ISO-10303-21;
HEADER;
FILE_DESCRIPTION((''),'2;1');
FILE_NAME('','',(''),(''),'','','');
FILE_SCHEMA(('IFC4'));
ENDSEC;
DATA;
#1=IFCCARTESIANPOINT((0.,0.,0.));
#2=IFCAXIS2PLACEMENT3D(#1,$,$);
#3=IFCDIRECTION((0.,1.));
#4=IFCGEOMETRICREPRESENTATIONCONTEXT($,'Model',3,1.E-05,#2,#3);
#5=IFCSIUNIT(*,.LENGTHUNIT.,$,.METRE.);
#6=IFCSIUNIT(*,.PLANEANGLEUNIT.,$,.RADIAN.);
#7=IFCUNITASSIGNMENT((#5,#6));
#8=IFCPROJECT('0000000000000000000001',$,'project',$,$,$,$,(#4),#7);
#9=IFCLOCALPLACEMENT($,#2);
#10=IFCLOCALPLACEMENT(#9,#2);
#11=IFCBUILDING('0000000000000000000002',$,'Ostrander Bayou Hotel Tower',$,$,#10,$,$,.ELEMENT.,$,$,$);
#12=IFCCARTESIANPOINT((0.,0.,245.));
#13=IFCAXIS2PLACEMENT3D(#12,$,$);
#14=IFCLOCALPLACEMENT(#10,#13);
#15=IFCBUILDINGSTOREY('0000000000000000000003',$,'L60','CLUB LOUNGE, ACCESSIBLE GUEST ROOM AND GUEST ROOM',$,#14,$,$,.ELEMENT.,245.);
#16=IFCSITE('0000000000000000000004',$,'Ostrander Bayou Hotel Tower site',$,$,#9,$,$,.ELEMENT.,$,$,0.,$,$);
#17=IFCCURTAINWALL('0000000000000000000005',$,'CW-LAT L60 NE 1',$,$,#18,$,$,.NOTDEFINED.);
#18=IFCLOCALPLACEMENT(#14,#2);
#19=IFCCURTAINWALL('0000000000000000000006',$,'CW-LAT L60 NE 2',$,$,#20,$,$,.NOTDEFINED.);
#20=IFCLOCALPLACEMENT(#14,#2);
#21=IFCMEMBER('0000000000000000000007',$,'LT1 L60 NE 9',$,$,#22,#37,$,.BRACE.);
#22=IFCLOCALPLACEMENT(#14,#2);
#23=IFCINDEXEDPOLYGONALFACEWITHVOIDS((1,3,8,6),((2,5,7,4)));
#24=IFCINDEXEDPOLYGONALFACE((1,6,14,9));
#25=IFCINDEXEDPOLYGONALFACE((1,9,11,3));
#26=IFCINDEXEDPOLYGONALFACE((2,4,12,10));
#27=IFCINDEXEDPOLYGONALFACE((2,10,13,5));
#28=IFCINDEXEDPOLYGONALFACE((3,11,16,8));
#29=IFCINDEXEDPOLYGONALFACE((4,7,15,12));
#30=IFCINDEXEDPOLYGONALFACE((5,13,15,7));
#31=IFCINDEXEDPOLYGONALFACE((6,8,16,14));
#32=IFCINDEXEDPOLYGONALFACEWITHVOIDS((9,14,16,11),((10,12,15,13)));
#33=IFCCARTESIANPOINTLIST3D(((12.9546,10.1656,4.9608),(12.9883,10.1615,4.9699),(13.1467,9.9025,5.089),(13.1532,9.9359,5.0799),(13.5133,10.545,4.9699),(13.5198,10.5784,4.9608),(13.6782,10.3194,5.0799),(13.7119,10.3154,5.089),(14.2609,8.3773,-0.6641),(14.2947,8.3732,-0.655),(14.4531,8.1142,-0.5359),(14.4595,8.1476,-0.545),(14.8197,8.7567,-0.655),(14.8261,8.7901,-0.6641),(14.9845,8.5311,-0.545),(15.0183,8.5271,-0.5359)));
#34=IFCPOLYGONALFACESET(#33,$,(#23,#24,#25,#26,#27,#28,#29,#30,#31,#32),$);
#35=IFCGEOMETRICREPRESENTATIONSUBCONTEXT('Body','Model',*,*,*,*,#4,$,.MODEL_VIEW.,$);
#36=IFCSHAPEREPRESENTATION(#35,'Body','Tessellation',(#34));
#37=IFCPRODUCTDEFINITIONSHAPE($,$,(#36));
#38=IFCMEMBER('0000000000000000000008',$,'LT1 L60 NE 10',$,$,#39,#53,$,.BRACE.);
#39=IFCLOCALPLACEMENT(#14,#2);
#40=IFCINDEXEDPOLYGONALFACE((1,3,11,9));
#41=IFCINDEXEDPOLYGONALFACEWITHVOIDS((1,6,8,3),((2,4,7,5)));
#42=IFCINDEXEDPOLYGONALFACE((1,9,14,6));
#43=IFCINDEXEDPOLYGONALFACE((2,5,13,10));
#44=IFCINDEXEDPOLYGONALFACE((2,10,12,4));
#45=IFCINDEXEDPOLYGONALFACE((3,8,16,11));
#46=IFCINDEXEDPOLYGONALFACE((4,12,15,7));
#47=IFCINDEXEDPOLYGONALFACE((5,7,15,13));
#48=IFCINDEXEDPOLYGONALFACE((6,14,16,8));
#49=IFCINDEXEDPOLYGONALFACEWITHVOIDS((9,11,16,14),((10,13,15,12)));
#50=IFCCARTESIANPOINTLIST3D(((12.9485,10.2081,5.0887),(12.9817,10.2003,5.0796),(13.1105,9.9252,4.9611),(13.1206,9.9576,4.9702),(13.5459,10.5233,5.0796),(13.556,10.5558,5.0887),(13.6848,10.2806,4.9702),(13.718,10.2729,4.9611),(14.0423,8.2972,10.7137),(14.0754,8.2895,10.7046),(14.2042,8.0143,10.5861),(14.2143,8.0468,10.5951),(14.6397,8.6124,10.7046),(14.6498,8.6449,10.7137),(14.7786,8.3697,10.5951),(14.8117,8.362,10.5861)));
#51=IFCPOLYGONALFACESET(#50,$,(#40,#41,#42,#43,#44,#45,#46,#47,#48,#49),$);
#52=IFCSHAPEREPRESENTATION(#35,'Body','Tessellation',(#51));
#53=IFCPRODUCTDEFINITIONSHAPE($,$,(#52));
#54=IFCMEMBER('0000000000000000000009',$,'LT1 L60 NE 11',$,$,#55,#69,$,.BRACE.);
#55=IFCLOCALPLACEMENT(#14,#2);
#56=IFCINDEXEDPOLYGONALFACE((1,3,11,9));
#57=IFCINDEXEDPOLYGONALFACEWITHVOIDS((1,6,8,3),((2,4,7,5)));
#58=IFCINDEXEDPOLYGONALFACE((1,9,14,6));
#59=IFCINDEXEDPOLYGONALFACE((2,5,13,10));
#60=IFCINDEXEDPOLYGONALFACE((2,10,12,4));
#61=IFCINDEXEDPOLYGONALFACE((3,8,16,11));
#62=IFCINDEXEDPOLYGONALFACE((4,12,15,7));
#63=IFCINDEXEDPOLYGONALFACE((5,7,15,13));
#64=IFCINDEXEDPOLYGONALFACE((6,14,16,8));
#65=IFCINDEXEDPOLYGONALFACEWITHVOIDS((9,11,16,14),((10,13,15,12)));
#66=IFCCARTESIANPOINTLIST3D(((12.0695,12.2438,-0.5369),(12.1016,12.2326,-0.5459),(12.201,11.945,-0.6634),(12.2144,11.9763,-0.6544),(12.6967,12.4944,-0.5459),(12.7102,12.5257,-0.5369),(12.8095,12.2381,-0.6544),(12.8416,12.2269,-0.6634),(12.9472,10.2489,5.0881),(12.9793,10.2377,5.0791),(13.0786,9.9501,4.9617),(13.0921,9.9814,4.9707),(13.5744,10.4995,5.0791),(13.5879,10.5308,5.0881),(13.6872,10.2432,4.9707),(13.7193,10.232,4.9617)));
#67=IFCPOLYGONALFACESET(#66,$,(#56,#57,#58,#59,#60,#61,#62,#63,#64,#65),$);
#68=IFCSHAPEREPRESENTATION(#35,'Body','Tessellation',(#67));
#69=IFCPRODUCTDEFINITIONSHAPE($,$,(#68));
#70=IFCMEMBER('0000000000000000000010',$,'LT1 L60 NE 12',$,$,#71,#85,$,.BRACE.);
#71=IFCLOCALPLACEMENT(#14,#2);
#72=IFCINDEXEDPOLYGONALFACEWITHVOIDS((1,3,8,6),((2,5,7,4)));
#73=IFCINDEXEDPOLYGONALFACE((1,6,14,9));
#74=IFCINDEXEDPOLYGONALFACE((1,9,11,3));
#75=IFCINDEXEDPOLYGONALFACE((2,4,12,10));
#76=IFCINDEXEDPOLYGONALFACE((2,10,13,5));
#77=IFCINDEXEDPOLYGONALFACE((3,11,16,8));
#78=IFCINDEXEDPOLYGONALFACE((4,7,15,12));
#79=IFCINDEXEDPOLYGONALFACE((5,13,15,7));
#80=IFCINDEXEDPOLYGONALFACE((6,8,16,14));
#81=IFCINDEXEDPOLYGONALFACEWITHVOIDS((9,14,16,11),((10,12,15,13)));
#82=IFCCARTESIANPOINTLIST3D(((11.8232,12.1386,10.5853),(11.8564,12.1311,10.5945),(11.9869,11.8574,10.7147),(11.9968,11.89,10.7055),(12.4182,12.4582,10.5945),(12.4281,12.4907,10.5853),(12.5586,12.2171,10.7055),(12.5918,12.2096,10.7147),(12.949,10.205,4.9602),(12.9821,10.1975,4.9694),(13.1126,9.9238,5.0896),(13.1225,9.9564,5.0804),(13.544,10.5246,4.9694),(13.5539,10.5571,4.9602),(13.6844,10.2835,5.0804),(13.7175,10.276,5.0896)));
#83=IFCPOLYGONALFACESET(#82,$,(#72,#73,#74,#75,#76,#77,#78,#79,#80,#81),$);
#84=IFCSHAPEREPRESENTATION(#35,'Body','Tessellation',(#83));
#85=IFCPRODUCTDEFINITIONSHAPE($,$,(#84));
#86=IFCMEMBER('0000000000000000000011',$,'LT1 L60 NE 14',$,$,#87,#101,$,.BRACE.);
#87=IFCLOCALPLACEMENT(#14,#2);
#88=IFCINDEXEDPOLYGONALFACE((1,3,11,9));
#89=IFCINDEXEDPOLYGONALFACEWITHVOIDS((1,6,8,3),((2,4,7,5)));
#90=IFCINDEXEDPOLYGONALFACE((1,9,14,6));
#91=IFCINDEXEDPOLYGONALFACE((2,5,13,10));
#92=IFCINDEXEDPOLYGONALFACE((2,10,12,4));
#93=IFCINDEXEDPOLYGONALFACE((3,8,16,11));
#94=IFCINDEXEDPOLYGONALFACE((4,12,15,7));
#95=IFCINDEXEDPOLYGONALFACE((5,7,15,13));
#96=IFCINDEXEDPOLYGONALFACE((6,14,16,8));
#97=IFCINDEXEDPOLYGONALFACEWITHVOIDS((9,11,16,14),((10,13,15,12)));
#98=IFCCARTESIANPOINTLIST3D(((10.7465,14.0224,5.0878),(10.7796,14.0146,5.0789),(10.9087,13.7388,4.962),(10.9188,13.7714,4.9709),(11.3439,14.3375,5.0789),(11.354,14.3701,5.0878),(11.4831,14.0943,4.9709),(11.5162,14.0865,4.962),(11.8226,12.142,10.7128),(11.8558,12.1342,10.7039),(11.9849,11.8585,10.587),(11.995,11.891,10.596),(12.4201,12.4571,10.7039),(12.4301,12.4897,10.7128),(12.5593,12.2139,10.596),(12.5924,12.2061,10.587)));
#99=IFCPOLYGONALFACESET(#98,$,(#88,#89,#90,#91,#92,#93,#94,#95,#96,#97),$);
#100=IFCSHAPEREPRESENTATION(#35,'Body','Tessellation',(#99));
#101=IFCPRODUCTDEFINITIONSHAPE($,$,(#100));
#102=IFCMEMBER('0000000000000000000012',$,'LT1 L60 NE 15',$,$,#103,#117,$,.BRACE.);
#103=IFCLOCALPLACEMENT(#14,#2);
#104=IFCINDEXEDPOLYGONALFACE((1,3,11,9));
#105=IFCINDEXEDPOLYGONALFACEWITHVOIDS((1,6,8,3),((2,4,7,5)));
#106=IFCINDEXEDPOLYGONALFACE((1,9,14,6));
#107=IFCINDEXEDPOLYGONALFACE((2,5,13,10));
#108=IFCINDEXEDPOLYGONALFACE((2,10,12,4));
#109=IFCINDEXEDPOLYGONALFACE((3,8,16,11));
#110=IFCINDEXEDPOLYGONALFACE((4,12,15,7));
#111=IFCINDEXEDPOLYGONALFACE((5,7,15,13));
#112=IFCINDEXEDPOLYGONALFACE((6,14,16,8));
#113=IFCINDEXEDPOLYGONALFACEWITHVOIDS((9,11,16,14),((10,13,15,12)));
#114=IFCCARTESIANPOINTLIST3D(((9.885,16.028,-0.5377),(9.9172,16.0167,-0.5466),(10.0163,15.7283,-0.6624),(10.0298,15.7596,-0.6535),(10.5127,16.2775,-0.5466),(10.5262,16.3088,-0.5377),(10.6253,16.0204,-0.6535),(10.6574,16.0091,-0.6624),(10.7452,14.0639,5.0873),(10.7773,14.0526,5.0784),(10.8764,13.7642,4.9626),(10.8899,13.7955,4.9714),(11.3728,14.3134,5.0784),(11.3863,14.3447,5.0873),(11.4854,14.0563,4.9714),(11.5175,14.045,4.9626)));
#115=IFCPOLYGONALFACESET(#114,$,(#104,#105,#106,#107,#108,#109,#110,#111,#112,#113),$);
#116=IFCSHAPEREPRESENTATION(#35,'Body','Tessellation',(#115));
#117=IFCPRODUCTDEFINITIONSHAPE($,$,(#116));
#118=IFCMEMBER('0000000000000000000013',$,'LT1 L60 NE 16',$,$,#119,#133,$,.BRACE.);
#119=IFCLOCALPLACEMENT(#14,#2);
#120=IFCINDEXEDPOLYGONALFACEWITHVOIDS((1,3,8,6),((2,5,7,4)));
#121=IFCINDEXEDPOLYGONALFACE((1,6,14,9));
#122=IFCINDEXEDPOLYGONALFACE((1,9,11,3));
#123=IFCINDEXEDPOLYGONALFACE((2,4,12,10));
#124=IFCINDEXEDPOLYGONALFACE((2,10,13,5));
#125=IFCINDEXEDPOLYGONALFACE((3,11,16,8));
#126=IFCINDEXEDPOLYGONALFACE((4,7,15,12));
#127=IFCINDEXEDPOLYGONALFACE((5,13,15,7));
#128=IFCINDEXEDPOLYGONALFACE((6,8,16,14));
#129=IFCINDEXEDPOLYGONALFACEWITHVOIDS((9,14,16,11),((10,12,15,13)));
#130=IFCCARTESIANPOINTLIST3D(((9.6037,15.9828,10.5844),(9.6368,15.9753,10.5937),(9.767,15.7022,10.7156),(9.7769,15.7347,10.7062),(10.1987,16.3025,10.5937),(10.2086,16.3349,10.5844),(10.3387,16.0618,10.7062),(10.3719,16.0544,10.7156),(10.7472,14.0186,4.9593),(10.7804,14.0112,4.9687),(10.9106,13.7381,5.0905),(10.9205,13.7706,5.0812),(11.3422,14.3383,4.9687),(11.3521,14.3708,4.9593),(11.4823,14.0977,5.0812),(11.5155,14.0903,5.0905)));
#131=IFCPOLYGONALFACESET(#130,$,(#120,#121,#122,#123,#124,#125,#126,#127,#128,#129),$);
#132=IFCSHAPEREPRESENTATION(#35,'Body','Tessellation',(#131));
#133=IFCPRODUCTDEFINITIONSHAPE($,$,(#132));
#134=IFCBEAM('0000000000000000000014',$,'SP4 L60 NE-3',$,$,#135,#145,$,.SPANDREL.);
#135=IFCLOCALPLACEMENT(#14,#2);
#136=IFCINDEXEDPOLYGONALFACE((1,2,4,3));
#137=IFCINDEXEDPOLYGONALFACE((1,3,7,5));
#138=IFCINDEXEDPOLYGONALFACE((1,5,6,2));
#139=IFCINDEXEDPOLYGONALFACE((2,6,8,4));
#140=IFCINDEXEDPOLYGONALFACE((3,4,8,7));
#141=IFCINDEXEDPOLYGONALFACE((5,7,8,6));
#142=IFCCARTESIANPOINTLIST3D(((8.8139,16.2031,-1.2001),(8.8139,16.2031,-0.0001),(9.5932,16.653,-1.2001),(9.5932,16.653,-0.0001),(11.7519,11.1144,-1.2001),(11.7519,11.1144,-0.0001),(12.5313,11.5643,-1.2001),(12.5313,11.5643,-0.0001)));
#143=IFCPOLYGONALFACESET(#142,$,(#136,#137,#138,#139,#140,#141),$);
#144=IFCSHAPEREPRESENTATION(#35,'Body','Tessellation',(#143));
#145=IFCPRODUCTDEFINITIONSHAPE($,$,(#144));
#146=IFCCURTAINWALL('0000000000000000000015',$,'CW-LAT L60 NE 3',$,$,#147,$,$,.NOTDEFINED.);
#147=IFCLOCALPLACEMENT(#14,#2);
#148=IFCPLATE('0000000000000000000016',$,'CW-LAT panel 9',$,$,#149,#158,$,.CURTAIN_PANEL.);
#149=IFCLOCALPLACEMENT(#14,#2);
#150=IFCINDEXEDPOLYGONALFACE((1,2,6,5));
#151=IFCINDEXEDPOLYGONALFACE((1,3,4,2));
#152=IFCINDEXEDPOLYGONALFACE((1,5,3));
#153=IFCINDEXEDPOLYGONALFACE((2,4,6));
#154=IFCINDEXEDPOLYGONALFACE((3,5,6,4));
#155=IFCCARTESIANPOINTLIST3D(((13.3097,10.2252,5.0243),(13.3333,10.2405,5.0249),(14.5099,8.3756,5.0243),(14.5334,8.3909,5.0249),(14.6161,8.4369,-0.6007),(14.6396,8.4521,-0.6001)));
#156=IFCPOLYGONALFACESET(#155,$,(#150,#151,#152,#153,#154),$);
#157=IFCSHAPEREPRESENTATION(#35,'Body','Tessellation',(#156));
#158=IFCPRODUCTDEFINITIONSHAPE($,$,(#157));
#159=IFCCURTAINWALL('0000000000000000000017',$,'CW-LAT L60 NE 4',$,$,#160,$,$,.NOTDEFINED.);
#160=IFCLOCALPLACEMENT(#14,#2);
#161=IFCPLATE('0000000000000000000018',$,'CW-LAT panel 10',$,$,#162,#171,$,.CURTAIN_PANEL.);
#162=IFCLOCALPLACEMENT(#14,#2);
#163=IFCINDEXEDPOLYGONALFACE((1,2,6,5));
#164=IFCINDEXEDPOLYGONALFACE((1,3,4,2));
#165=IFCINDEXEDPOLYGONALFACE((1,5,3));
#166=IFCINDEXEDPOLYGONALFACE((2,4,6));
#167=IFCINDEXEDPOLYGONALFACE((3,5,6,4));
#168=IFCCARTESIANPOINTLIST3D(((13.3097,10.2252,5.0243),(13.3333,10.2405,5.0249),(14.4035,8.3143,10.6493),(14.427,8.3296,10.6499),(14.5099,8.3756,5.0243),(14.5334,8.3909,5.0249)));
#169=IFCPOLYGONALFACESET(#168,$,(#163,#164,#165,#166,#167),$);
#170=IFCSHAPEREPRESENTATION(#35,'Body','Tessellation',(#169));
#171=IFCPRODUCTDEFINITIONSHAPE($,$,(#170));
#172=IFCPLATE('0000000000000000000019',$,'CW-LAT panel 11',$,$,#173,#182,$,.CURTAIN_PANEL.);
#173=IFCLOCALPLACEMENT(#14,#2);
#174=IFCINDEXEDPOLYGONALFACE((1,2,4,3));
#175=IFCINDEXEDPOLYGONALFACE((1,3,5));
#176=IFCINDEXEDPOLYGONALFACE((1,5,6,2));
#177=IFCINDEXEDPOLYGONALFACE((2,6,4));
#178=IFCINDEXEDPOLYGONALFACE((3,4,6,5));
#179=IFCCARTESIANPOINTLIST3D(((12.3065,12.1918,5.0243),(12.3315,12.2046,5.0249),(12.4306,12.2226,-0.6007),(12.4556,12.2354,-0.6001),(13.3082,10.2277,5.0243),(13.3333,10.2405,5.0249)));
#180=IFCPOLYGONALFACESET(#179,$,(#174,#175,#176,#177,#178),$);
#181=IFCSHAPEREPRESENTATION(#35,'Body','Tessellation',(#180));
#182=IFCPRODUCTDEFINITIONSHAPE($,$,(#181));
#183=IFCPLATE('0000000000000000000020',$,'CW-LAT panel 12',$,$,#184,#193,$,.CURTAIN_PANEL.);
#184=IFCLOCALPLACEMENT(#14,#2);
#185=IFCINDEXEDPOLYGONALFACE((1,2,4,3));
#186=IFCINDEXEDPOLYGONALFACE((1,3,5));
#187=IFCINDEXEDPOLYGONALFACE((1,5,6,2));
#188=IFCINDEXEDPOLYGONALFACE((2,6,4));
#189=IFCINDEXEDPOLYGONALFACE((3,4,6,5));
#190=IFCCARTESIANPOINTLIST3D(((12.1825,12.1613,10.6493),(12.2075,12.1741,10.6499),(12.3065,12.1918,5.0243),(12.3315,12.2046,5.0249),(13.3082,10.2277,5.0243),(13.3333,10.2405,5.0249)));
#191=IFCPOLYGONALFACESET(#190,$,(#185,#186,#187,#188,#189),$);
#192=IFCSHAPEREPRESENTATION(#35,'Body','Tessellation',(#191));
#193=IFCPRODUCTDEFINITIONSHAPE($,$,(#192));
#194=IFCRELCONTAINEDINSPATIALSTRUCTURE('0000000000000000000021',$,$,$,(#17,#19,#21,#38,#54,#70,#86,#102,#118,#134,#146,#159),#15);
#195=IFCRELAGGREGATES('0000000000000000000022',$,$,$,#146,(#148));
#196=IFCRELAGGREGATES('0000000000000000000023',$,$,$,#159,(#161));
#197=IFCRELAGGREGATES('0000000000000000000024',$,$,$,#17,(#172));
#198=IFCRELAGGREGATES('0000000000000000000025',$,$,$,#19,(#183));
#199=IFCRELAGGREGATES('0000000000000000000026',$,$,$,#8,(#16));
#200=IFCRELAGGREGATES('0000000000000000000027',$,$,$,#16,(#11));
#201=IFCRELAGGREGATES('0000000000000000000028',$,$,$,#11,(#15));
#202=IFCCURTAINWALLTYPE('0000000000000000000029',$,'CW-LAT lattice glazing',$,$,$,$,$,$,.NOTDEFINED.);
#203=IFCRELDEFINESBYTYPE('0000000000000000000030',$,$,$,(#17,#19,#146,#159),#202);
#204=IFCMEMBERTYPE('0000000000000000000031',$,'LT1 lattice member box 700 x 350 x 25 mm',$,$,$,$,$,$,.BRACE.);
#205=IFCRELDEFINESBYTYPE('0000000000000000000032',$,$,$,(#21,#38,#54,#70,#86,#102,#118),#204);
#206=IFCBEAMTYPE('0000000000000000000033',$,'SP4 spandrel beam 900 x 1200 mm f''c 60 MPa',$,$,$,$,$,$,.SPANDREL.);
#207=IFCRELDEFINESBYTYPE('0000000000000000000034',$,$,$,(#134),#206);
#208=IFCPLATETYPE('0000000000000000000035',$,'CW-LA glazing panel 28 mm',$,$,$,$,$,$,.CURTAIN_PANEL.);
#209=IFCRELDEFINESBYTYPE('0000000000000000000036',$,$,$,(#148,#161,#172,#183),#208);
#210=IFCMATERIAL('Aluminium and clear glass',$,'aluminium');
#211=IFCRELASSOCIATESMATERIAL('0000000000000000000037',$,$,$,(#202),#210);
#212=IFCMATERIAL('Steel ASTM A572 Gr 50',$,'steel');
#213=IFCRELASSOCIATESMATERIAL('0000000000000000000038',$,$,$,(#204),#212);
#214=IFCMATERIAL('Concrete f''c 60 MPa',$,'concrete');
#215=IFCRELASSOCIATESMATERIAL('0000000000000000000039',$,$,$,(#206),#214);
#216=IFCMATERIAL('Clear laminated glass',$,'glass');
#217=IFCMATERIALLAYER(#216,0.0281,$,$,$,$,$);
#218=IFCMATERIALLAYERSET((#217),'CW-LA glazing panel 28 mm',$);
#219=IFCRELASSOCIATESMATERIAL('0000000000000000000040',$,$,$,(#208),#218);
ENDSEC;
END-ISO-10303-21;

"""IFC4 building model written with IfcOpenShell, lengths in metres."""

from ifc_helpers import new_model, si_unit, direction, frame, origin, origin_2d, place, context, subcontext, project, spatial, polyline, rectangle, hollow_rectangle, outline, extrude, material, layer, layer_set, material_profile, profile_set, type_object, element, aggregate, save


model = new_model("IFC4")

# Units and contexts
model_context = context("Model", 3, precision=1e-05, world=origin(), true_north=direction((0.0, 1.0)))
body_context = subcontext(model_context, "Body", "Model", "MODEL_VIEW")
ifc_project = project(units=[si_unit("LENGTHUNIT", "METRE"), si_unit("PLANEANGLEUNIT", "RADIAN")], contexts=[model_context])

# Site, building, storey
site_placement = place(None, origin())
site = spatial("IfcSite", under=ifc_project, at=site_placement, Name="Ostrander Bayou Hotel Tower site", CompositionType="ELEMENT", RefElevation=0.0)
building_placement = place(site_placement, origin())
building = spatial("IfcBuilding", under=site, at=building_placement, Name="Ostrander Bayou Hotel Tower", CompositionType="ELEMENT")
storey_placement = place(building_placement, frame((0.0, 0.0, 245.0)))
storey = spatial("IfcBuildingStorey", under=building, at=storey_placement, Name="L60", Description="CLUB LOUNGE, ACCESSIBLE GUEST ROOM AND GUEST ROOM", CompositionType="ELEMENT", Elevation=245.0)

# Curtain walls
ifc_material_1 = material(Name="Aluminium and clear glass", Category="aluminium")
curtain_wall_type = type_object("IfcCurtainWallType", Name="CW-LAT lattice glazing", PredefinedType="NOTDEFINED", material=ifc_material_1)
curtain_wall_1_placement = place(storey_placement, origin())
curtain_wall_1 = element("IfcCurtainWall", 1, at=curtain_wall_1_placement, inside=storey, type_object=curtain_wall_type, Name="CW-LAT L60 NE 1", PredefinedType="NOTDEFINED")
curtain_wall_2_placement = place(storey_placement, origin())
curtain_wall_2 = element("IfcCurtainWall", 2, at=curtain_wall_2_placement, inside=storey, type_object=curtain_wall_type, Name="CW-LAT L60 NE 2", PredefinedType="NOTDEFINED")

# Members
ifc_material_2 = material(Name="Steel ASTM A572 Gr 50", Category="steel")
ifc_material_profile_1 = material_profile(ifc_material_2, hollow_rectangle(XDim=0.7, YDim=0.3501, WallThickness=0.0249, at=origin_2d()))
ifc_profile_set_1 = profile_set([ifc_material_profile_1], Name="Steel ASTM A572 Gr 50")
member_type_1 = type_object("IfcMemberType", Name="LT1 lattice member box 700 x 350 x 25 mm", PredefinedType="BRACE", material=ifc_profile_set_1)
member_1_placement = place(storey_placement, frame((13.3333, 10.2405, 5.0249), z_axis=(0.216102, -0.295822, -0.930478), x_axis=(0.80749, 0.589881, 0.0)))
element("IfcMember", 3, at=member_1_placement, inside=storey, type_object=member_type_1, Name="LT1 L60 NE 9", PredefinedType="BRACE", context=body_context, shape_type="SweptSolid", body=[
    extrude(hollow_rectangle(XDim=0.7, YDim=0.3501, WallThickness=0.0249, at=origin_2d()), origin(), (0.0, 0.0, 1.0), 6.0452),
])
member_2_placement = place(storey_placement, frame((13.3333, 10.2405, 5.0249), z_axis=(0.181068, -0.316343, 0.931204), x_axis=(0.867888, 0.49676, 0.0)))
element("IfcMember", 4, at=member_2_placement, inside=storey, type_object=member_type_1, Name="LT1 L60 NE 10", PredefinedType="BRACE", context=body_context, shape_type="SweptSolid", body=[
    extrude(hollow_rectangle(XDim=0.7, YDim=0.3501, WallThickness=0.0249, at=origin_2d()), origin(), (0.0, 0.0, 1.0), 6.0405),
])
member_3_placement = place(storey_placement, frame((13.3333, 10.2405, 5.0249), z_axis=(-0.145494, 0.33069, -0.932457), x_axis=(-0.915325, -0.402716, 0.0)))
element("IfcMember", 5, at=member_3_placement, inside=storey, type_object=member_type_1, Name="LT1 L60 NE 11", PredefinedType="BRACE", context=body_context, shape_type="SweptSolid", body=[
    extrude(hollow_rectangle(XDim=0.7, YDim=0.3501, WallThickness=0.0249, at=origin_2d()), origin(), (0.0, 0.0, 1.0), 6.0325),
])
member_4_placement = place(storey_placement, frame((13.3333, 10.2405, 5.0249), z_axis=(-0.185959, 0.31941, 0.929191), x_axis=(-0.864206, -0.503138, 0.0)))
element("IfcMember", 6, at=member_4_placement, inside=storey, type_object=member_type_1, Name="LT1 L60 NE 12", PredefinedType="BRACE", context=body_context, shape_type="SweptSolid", body=[
    extrude(hollow_rectangle(XDim=0.7, YDim=0.3501, WallThickness=0.0249, at=origin_2d()), origin(), (0.0, 0.0, 1.0), 6.0537),
])
member_5_placement = place(storey_placement, frame((11.1313, 14.0544, 5.0249), z_axis=(0.178534, -0.311949, 0.933174), x_axis=(0.86791, 0.496721, 0.0)))
element("IfcMember", 7, at=member_5_placement, inside=storey, type_object=member_type_1, Name="LT1 L60 NE 14", PredefinedType="BRACE", context=body_context, shape_type="SweptSolid", body=[
    extrude(hollow_rectangle(XDim=0.7, YDim=0.3501, WallThickness=0.0249, at=origin_2d()), origin(), (0.0, 0.0, 1.0), 6.0278),
])
member_6_placement = place(storey_placement, frame((11.1313, 14.0544, 5.0249), z_axis=(-0.142879, 0.326274, -0.934414), x_axis=(-0.916019, -0.401135, 0.0)))
element("IfcMember", 8, at=member_6_placement, inside=storey, type_object=member_type_1, Name="LT1 L60 NE 15", PredefinedType="BRACE", context=body_context, shape_type="SweptSolid", body=[
    extrude(hollow_rectangle(XDim=0.7, YDim=0.3501, WallThickness=0.0249, at=origin_2d()), origin(), (0.0, 0.0, 1.0), 6.0198),
])
member_7_placement = place(storey_placement, frame((11.1313, 14.0544, 5.0249), z_axis=(-0.188494, 0.323747, 0.927177), x_axis=(-0.864195, -0.503156, 0.0)))
element("IfcMember", 9, at=member_7_placement, inside=storey, type_object=member_type_1, Name="LT1 L60 NE 16", PredefinedType="BRACE", context=body_context, shape_type="SweptSolid", body=[
    extrude(hollow_rectangle(XDim=0.7, YDim=0.3501, WallThickness=0.0249, at=origin_2d()), origin(), (0.0, 0.0, 1.0), 6.0669),
])

# Beam
ifc_material_3 = material(Name="Concrete f'c 60 MPa", Category="concrete")
ifc_material_profile_2 = material_profile(ifc_material_3, rectangle(XDim=0.8999, YDim=1.2, at=origin_2d()))
ifc_profile_set_2 = profile_set([ifc_material_profile_2], Name="Concrete f'c 60 MPa")
beam_type_1 = type_object("IfcBeamType", Name="SP4 spandrel beam 900 x 1200 mm f'c 60 MPa", PredefinedType="SPANDREL", material=ifc_profile_set_2)
beam_1_placement = place(storey_placement, frame((12.1416, 11.3394, -0.6001), z_axis=(-0.500009, 0.86602, 0.0), x_axis=(-0.86602, -0.500009, 0.0)))
element("IfcBeam", 10, at=beam_1_placement, inside=storey, type_object=beam_type_1, Name="SP4 L60 NE-3", PredefinedType="SPANDREL", context=body_context, shape_type="SweptSolid", body=[
    extrude(rectangle(XDim=0.8999, YDim=1.2, at=origin_2d()), origin(), (0.0, 0.0, 1.0), 5.876),
])

# Curtain walls, plates
curtain_wall_3_placement = place(storey_placement, origin())
curtain_wall_3 = element("IfcCurtainWall", 11, at=curtain_wall_3_placement, inside=storey, type_object=curtain_wall_type, Name="CW-LAT L60 NE 3", PredefinedType="NOTDEFINED")
ifc_material_4 = material(Name="Clear laminated glass", Category="glass")
ifc_layer_1 = layer(ifc_material_4, 0.0281)
ifc_layer_set_1 = layer_set([ifc_layer_1], Name="CW-LA glazing panel 28 mm")
plate_type = type_object("IfcPlateType", Name="CW-LA glazing panel 28 mm", PredefinedType="CURTAIN_PANEL", material=ifc_layer_set_1)
plate_1_placement = place(storey_placement, frame((13.3333, 10.2405, 5.0249), z_axis=(0.83867, 0.544205, 0.021763), x_axis=(0.216102, -0.295822, -0.930478)))
plate_1 = element("IfcPlate", 12, at=plate_1_placement, type_object=plate_type, Name="CW-LAT panel 9", PredefinedType="CURTAIN_PANEL", context=body_context, shape_type="SweptSolid", body=[
    extrude(outline(polyline([(0.0, 0.0), (6.0453, 0.0), (0.8065, -2.0521), (0.0, 0.0)])), origin(), (0.0, 0.0, -1.0), 0.0281),
])
curtain_wall_4_placement = place(storey_placement, origin())
curtain_wall_4 = element("IfcCurtainWall", 13, at=curtain_wall_4_placement, inside=storey, type_object=curtain_wall_type, Name="CW-LAT L60 NE 4", PredefinedType="NOTDEFINED")
plate_2_placement = place(storey_placement, frame((13.3333, 10.2405, 5.0249), z_axis=(0.838669, 0.544205, 0.021799), x_axis=(0.181068, -0.316343, 0.931204)))
plate_2 = element("IfcPlate", 14, at=plate_2_placement, type_object=plate_type, Name="CW-LAT panel 10", PredefinedType="CURTAIN_PANEL", context=body_context, shape_type="SweptSolid", body=[
    extrude(outline(polyline([(0.0, 0.0), (6.0406, 0.0), (0.8024, 2.0537), (0.0, 0.0)])), origin(), (0.0, 0.0, -1.0), 0.0281),
])

# Plates
plate_3_placement = place(storey_placement, frame((13.3333, 10.2405, 5.0249), z_axis=(0.890615, 0.454219, 0.022121), x_axis=(-0.145494, 0.33069, -0.932457)))
plate_3 = element("IfcPlate", 15, at=plate_3_placement, type_object=plate_type, Name="CW-LAT panel 11", PredefinedType="CURTAIN_PANEL", context=body_context, shape_type="SweptSolid", body=[
    extrude(outline(polyline([(0.0, 0.0), (6.0325, 0.0), (0.7953, 2.0564), (0.0, 0.0)])), origin(), (0.0, 0.0, -1.0), 0.0281),
])
plate_4_placement = place(storey_placement, frame((13.3333, 10.2405, 5.0249), z_axis=(0.890616, 0.45422, 0.022101), x_axis=(-0.185959, 0.31941, 0.929191)))
plate_4 = element("IfcPlate", 16, at=plate_4_placement, type_object=plate_type, Name="CW-LAT panel 12", PredefinedType="CURTAIN_PANEL", context=body_context, shape_type="SweptSolid", body=[
    extrude(outline(polyline([(0.0, 0.0), (6.0537, 0.0), (0.8136, -2.0492), (0.0, 0.0)])), origin(), (0.0, 0.0, -1.0), 0.0281),
])
aggregate(curtain_wall_3, [plate_1])
aggregate(curtain_wall_4, [plate_2])
aggregate(curtain_wall_1, [plate_3])
aggregate(curtain_wall_2, [plate_4])

save(model, "model.ifc")
